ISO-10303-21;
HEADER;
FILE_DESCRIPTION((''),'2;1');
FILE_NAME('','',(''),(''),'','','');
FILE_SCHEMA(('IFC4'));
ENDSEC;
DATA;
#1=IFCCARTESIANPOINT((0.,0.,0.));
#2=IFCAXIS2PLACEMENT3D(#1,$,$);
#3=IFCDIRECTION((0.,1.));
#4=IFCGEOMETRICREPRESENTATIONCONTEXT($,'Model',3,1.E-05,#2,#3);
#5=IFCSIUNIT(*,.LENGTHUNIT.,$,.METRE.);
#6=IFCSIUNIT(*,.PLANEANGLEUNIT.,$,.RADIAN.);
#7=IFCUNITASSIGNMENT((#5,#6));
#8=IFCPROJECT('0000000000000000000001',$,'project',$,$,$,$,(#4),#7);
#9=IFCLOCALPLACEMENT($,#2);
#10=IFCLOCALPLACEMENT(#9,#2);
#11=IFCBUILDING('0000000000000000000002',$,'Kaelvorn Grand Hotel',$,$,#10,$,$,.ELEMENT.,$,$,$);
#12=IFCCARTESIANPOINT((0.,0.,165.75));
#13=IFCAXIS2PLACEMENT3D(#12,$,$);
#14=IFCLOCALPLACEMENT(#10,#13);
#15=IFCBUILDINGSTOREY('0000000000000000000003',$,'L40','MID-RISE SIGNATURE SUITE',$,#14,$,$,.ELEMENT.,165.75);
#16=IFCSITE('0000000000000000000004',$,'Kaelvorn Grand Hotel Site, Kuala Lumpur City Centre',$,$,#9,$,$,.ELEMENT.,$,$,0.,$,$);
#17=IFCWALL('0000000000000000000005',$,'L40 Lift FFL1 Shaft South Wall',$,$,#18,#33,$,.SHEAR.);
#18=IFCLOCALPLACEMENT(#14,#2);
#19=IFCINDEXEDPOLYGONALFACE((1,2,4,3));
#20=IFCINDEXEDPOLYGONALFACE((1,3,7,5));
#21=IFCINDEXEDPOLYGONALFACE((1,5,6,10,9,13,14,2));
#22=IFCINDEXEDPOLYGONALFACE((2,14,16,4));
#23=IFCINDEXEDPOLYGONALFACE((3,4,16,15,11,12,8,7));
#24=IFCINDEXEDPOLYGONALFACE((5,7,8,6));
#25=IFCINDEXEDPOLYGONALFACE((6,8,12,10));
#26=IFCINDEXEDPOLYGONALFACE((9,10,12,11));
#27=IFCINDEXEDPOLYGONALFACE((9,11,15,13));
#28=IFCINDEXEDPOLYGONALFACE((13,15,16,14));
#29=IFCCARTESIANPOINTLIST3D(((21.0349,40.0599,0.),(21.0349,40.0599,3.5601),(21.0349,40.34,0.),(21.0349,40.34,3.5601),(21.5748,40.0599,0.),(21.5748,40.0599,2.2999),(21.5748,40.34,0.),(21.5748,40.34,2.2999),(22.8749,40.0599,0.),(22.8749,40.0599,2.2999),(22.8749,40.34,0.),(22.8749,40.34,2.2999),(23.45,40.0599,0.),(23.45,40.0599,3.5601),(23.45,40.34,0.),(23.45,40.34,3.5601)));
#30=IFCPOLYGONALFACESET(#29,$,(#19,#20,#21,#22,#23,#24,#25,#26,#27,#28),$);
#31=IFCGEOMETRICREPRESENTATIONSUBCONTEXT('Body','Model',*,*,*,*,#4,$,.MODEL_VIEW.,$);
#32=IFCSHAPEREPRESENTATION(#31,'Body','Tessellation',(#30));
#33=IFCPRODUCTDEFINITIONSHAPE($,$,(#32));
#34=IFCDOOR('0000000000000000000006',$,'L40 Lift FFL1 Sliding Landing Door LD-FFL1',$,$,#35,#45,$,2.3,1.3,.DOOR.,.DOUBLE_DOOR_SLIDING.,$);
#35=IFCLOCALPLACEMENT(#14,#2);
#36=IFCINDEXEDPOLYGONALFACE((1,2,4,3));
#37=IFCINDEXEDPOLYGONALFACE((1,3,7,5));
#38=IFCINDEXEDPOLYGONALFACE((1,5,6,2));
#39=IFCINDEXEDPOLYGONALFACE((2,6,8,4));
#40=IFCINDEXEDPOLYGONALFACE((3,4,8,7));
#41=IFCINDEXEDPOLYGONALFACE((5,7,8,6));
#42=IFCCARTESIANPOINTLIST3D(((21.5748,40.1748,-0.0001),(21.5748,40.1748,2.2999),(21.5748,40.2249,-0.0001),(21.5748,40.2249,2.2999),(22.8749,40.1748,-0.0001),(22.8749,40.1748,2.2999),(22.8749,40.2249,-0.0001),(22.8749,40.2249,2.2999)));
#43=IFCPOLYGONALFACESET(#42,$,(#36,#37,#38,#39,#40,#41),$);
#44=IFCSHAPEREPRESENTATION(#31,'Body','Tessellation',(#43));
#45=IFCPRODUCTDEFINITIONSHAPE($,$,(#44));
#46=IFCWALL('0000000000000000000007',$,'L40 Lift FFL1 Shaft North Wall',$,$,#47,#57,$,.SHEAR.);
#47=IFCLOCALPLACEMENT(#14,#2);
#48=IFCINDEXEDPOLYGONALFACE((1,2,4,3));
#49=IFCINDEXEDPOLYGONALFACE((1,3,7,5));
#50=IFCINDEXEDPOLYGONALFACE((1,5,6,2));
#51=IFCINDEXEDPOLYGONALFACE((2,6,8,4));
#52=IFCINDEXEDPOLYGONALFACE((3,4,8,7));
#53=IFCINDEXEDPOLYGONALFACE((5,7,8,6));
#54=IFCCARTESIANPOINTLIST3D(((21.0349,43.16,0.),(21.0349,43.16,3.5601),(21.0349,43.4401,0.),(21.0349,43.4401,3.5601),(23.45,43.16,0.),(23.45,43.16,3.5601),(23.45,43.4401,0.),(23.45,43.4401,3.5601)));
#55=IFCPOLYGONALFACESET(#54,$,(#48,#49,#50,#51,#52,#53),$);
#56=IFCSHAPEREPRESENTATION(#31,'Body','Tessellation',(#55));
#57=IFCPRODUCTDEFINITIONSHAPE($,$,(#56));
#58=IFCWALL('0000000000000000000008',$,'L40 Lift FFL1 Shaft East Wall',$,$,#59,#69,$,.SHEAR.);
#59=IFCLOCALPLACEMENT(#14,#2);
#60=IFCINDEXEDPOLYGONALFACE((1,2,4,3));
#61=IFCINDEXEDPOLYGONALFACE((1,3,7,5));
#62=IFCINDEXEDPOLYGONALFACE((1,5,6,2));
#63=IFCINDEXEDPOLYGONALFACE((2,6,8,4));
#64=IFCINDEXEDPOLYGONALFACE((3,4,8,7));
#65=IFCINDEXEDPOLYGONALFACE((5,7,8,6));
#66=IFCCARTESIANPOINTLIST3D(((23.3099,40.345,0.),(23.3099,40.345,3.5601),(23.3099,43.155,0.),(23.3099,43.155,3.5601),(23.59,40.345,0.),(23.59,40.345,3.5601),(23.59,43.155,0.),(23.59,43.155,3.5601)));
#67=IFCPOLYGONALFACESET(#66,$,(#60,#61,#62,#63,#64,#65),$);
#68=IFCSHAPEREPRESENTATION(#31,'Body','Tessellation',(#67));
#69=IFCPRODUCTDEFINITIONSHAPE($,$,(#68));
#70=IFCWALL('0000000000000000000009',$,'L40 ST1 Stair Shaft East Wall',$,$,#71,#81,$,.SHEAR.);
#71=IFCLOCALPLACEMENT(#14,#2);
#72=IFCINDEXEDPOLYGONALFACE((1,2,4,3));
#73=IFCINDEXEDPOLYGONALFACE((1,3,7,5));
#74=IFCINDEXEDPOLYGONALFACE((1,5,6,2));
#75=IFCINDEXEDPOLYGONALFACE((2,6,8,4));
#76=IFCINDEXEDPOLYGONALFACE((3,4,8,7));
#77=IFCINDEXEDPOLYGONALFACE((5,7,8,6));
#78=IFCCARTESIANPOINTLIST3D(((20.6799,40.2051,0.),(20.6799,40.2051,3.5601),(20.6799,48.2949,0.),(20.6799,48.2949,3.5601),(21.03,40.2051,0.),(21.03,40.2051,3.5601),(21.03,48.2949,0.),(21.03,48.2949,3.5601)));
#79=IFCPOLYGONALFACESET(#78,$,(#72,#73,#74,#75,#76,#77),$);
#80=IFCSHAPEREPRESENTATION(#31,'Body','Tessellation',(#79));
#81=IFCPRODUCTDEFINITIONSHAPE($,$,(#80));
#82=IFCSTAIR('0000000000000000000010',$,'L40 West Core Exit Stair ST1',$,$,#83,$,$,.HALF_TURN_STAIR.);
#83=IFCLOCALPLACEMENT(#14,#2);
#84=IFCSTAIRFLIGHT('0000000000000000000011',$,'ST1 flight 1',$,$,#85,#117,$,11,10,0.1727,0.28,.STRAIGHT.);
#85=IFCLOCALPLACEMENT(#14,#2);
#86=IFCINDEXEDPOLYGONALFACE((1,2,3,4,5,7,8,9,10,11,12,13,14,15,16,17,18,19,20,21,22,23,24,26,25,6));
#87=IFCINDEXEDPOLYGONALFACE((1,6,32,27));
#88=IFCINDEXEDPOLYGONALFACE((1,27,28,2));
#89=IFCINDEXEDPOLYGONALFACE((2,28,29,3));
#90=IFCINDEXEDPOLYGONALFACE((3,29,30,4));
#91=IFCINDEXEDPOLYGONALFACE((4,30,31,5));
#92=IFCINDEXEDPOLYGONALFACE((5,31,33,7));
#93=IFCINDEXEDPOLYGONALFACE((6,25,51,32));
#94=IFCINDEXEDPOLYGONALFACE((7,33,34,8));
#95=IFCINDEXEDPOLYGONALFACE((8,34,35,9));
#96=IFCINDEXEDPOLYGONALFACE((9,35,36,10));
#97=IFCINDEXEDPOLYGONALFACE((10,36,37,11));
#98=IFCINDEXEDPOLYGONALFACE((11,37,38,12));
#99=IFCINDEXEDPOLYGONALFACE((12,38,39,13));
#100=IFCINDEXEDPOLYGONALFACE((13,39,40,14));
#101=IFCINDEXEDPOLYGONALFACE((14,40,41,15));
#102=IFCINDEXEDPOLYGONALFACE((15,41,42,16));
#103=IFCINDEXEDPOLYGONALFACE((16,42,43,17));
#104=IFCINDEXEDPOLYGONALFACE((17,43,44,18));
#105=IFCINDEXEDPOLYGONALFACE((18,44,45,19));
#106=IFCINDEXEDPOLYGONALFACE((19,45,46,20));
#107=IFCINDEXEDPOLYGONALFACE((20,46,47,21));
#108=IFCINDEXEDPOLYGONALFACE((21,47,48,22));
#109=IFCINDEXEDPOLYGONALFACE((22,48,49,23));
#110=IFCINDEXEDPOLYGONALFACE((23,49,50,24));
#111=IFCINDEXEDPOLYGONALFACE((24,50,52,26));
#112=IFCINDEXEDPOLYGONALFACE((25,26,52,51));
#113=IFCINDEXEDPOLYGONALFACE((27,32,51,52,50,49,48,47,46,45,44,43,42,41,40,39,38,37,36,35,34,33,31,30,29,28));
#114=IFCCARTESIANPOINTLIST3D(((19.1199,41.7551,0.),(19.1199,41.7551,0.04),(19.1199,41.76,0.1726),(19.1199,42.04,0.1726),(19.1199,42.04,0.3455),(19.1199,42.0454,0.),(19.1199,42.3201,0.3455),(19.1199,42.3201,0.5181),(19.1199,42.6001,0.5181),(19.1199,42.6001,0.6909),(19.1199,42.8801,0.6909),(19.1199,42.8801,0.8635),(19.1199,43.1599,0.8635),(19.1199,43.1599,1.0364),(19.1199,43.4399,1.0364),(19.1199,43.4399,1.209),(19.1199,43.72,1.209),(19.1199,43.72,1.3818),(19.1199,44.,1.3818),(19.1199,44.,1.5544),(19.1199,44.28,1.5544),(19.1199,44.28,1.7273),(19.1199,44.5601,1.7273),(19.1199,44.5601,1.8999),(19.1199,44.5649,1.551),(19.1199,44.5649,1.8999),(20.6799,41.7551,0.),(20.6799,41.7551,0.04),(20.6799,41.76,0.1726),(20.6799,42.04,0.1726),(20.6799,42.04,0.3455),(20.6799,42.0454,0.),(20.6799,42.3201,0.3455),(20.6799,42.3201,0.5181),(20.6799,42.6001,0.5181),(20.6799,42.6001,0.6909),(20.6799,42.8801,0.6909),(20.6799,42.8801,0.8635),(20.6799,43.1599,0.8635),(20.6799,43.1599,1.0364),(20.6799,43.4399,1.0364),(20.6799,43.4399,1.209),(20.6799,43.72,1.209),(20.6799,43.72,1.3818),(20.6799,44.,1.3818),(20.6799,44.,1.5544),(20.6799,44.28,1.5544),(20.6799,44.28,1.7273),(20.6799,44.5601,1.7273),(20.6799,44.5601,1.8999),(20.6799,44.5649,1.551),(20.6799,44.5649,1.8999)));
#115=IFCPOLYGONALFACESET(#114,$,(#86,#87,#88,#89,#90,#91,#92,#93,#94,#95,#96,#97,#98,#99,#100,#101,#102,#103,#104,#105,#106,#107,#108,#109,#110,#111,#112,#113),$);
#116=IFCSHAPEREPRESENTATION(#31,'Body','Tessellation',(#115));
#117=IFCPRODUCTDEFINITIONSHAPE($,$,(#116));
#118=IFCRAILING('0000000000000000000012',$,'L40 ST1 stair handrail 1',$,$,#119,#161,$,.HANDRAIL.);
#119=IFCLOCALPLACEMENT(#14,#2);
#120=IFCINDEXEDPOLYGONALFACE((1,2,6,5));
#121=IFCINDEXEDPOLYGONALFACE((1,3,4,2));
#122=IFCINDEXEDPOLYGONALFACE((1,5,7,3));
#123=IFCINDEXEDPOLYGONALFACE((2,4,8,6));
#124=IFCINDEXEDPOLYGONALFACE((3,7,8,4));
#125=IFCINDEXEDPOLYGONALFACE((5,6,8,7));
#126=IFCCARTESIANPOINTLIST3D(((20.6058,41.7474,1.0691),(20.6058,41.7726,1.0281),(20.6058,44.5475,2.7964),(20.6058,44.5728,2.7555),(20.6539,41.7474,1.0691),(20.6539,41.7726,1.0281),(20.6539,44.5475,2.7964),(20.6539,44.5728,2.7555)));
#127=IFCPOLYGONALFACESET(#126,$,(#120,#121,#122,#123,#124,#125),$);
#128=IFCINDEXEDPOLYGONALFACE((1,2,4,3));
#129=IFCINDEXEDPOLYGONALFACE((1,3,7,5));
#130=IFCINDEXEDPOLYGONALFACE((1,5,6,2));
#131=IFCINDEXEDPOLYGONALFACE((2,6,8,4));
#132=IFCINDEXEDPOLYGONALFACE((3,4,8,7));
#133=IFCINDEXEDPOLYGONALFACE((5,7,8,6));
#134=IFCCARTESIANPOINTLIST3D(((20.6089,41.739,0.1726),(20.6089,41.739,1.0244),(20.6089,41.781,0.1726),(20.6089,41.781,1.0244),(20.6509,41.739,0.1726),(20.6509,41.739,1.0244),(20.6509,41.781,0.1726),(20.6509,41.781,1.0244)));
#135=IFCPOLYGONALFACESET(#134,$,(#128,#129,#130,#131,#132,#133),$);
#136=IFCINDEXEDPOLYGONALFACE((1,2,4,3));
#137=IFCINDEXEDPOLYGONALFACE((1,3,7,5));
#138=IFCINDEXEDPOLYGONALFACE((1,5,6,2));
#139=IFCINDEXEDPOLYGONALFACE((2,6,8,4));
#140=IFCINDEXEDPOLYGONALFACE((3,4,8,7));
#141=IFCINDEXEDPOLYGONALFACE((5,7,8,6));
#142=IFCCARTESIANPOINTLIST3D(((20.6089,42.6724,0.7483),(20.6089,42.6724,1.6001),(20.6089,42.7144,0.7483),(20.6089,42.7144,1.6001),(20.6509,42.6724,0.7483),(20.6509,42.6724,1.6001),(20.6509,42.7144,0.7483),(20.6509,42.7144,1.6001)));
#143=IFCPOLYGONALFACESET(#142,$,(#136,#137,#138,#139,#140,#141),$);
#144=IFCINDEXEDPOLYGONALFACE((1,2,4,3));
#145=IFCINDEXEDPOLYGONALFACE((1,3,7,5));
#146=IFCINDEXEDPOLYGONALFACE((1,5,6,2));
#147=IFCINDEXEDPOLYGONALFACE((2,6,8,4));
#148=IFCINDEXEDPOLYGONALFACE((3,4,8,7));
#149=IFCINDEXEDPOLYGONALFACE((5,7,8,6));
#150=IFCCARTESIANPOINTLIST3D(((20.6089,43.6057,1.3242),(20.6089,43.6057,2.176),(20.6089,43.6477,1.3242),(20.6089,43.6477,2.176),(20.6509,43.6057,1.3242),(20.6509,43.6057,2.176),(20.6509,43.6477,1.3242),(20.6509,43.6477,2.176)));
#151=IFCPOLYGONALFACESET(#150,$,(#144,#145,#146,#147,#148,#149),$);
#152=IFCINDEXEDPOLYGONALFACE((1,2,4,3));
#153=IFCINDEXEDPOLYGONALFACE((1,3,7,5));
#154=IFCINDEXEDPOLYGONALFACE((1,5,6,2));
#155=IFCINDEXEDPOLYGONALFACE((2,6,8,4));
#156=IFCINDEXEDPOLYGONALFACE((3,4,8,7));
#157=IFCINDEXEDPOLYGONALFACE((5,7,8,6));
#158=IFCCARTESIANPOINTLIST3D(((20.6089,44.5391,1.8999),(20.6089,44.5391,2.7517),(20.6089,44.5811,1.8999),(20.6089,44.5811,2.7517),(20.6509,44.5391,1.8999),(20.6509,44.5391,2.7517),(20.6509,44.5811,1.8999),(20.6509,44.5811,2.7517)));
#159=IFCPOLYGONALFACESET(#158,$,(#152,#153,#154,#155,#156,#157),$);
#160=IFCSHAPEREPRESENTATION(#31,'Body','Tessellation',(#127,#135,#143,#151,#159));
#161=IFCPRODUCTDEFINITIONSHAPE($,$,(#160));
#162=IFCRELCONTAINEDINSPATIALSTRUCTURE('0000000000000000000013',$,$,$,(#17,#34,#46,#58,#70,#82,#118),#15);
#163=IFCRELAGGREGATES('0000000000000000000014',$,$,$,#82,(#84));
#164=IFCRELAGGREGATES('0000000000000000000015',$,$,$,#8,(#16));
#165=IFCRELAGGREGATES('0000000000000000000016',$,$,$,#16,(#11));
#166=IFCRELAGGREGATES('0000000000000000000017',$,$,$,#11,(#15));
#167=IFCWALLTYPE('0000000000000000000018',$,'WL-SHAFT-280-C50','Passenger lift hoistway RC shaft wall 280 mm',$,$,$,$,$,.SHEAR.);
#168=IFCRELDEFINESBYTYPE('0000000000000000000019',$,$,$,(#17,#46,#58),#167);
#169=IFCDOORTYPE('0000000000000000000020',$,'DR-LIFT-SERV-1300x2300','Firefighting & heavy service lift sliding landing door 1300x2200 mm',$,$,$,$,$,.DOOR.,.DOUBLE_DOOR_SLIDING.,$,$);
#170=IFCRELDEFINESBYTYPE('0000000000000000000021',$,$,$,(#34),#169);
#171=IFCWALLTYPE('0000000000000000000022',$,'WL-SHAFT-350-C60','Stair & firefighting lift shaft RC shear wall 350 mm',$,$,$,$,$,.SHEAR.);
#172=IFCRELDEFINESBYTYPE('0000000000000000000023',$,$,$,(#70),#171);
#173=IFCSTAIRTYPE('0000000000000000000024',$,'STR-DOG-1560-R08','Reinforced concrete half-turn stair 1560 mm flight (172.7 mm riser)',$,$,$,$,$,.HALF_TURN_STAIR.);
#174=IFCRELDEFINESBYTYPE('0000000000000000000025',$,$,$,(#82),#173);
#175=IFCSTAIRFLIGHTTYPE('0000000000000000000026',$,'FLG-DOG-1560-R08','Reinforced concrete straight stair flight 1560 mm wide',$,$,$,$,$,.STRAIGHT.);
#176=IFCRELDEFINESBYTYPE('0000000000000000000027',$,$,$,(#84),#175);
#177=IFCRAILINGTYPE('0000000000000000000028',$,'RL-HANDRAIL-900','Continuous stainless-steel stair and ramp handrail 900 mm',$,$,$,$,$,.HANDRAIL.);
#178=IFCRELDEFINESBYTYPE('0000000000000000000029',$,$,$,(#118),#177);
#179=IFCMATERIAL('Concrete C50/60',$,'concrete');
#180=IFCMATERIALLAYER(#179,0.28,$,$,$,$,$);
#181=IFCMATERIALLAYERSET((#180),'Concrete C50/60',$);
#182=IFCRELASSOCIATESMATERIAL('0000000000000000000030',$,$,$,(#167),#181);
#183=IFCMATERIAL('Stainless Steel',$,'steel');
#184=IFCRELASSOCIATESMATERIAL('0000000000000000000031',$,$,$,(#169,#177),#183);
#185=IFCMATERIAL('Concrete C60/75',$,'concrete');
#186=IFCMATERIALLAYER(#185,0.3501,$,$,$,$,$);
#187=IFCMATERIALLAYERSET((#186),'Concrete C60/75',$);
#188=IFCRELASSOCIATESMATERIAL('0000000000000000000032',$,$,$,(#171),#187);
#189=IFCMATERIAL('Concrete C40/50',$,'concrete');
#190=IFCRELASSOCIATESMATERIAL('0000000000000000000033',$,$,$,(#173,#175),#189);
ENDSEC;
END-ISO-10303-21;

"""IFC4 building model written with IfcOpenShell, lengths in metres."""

from ifc_helpers import new_model, si_unit, direction, frame, frame_2d, origin, origin_2d, place, context, subcontext, project, spatial, polyline, rectangle, outline, extrude, material, layer, layer_set, type_object, element, fill, aggregate, save


model = new_model("IFC4")

# Units and contexts
model_context = context("Model", 3, precision=1e-05, world=origin(), true_north=direction((0.0, 1.0)))
body_context = subcontext(model_context, "Body", "Model", "MODEL_VIEW")
ifc_project = project(units=[si_unit("LENGTHUNIT", "METRE"), si_unit("PLANEANGLEUNIT", "RADIAN")], contexts=[model_context])

# Site, building, storey
site_placement = place(None, origin())
site = spatial("IfcSite", under=ifc_project, at=site_placement, Name="Kaelvorn Grand Hotel Site, Kuala Lumpur City Centre", CompositionType="ELEMENT", RefElevation=0.0)
building_placement = place(site_placement, origin())
building = spatial("IfcBuilding", under=site, at=building_placement, Name="Kaelvorn Grand Hotel", CompositionType="ELEMENT")
storey_placement = place(building_placement, frame((0.0, 0.0, 165.75)))
storey = spatial("IfcBuildingStorey", under=building, at=storey_placement, Name="L40", Description="MID-RISE SIGNATURE SUITE", CompositionType="ELEMENT", Elevation=165.75)

# Shared definitions
ifc_material_1 = material(Name="Concrete C60/75", Category="concrete")

# Shared definitions
ifc_material_2 = material(Name="Concrete C50/60", Category="concrete")

# Shared definitions
ifc_material_3 = material(Name="Concrete C40/50", Category="concrete")

# Wall, opening, door
ifc_layer_1 = layer(ifc_material_2, 0.28)
ifc_layer_set_1 = layer_set([ifc_layer_1], Name="Concrete C50/60")
wall_type_1 = type_object("IfcWallType", Name="WL-SHAFT-280-C50", Description="Passenger lift hoistway RC shaft wall 280 mm", PredefinedType="SHEAR", material=ifc_layer_set_1)
wall_1_placement = place(storey_placement, frame((21.0349, 40.2, 0.0), z_axis=(0.0, 0.0, 1.0), x_axis=(1.0, 0.0, 0.0)))
wall_1 = element("IfcWall", 1, at=wall_1_placement, inside=storey, type_object=wall_type_1, Name="L40 Lift FFL1 Shaft South Wall", PredefinedType="SHEAR", context=body_context, shape_type="SweptSolid", body=[
    extrude(rectangle(XDim=2.415, YDim=0.28, at=frame_2d((1.2075, 0.0))), origin(), (0.0, 0.0, 1.0), 3.5601),
])
opening_1_placement = place(wall_1_placement, frame((0.54, 0.0, 0.0)))
opening_1 = element("IfcOpeningElement", 2, at=opening_1_placement, cuts=wall_1, PredefinedType="OPENING", context=body_context, shape_type="SweptSolid", body=[
    extrude(rectangle(XDim=1.3, YDim=2.3, at=frame_2d((0.6499, 1.1499))), frame((0.0, 0.1499, 0.0), z_axis=(0.0, -1.0, 0.0), x_axis=(1.0, 0.0, 0.0)), (0.0, 0.0, 1.0), 0.3),
])
ifc_material_4 = material(Name="Stainless Steel", Category="steel")
door_type_1 = type_object("IfcDoorType", Name="DR-LIFT-SERV-1300x2300", Description="Firefighting & heavy service lift sliding landing door 1300x2200 mm", OperationType="DOUBLE_DOOR_SLIDING", PredefinedType="DOOR", material=ifc_material_4)
door_1_placement = place(opening_1_placement, origin())
door_1 = element("IfcDoor", 3, at=door_1_placement, inside=storey, type_object=door_type_1, Name="L40 Lift FFL1 Sliding Landing Door LD-FFL1", OperationType="DOUBLE_DOOR_SLIDING", OverallHeight=2.3, OverallWidth=1.3, PredefinedType="DOOR", context=body_context, shape_type="SweptSolid", body=[
    extrude(rectangle(XDim=1.3, YDim=2.3, at=frame_2d((0.6499, 1.1499))), frame((0.0, 0.0249, 0.0), z_axis=(0.0, -1.0, 0.0), x_axis=(1.0, 0.0, 0.0)), (0.0, 0.0, 1.0), 0.05),
])
fill(opening_1, door_1)

# Walls
wall_2_placement = place(storey_placement, frame((21.0349, 43.3, 0.0), z_axis=(0.0, 0.0, 1.0), x_axis=(1.0, 0.0, 0.0)))
element("IfcWall", 4, at=wall_2_placement, inside=storey, type_object=wall_type_1, Name="L40 Lift FFL1 Shaft North Wall", PredefinedType="SHEAR", context=body_context, shape_type="SweptSolid", body=[
    extrude(rectangle(XDim=2.415, YDim=0.28, at=frame_2d((1.2075, 0.0))), origin(), (0.0, 0.0, 1.0), 3.5601),
])
wall_3_placement = place(storey_placement, frame((23.45, 40.345, 0.0), z_axis=(0.0, 0.0, 1.0), x_axis=(0.0, 1.0, 0.0)))
element("IfcWall", 5, at=wall_3_placement, inside=storey, type_object=wall_type_1, Name="L40 Lift FFL1 Shaft East Wall", PredefinedType="SHEAR", context=body_context, shape_type="SweptSolid", body=[
    extrude(rectangle(XDim=2.8101, YDim=0.28, at=frame_2d((1.405, 0.0))), origin(), (0.0, 0.0, 1.0), 3.5601),
])
ifc_layer_2 = layer(ifc_material_1, 0.3501)
ifc_layer_set_2 = layer_set([ifc_layer_2], Name="Concrete C60/75")
wall_type_2 = type_object("IfcWallType", Name="WL-SHAFT-350-C60", Description="Stair & firefighting lift shaft RC shear wall 350 mm", PredefinedType="SHEAR", material=ifc_layer_set_2)
wall_4_placement = place(storey_placement, frame((20.855, 40.2051, 0.0), z_axis=(0.0, 0.0, 1.0), x_axis=(0.0, 1.0, 0.0)))
element("IfcWall", 6, at=wall_4_placement, inside=storey, type_object=wall_type_2, Name="L40 ST1 Stair Shaft East Wall", PredefinedType="SHEAR", context=body_context, shape_type="SweptSolid", body=[
    extrude(rectangle(XDim=8.0898, YDim=0.3501, at=frame_2d((4.0449, 0.0))), origin(), (0.0, 0.0, 1.0), 3.5601),
])

# Stair, stair flight
stair_type = type_object("IfcStairType", Name="STR-DOG-1560-R08", Description="Reinforced concrete half-turn stair 1560 mm flight (172.7 mm riser)", PredefinedType="HALF_TURN_STAIR", material=ifc_material_3)
stair_placement = place(storey_placement, origin())
stair = element("IfcStair", 7, at=stair_placement, inside=storey, type_object=stair_type, Name="L40 West Core Exit Stair ST1", PredefinedType="HALF_TURN_STAIR")
stair_flight_type = type_object("IfcStairFlightType", Name="FLG-DOG-1560-R08", Description="Reinforced concrete straight stair flight 1560 mm wide", PredefinedType="STRAIGHT", material=ifc_material_3)
stair_flight_placement = place(storey_placement, frame((19.8999, 41.76, 0.0), z_axis=(0.0, 0.0, 1.0), x_axis=(0.0, 1.0, 0.0)))
stair_flight = element("IfcStairFlight", 8, at=stair_flight_placement, type_object=stair_flight_type, Name="ST1 flight 1", NumberOfRisers=11, NumberOfTreads=10, PredefinedType="STRAIGHT", RiserHeight=0.1727, TreadLength=0.28, context=body_context, shape_type="SweptSolid", body=[
    extrude(outline(polyline([(-0.0049, 0.0), (-0.0049, 0.04), (0.0, 0.1726), (0.28, 0.1726), (0.28, 0.3455), (0.5601, 0.3455), (0.5601, 0.5181), (0.8401, 0.5181), (0.8401, 0.6909), (1.1201, 0.6909), (1.1201, 0.8635), (1.3999, 0.8635), (1.3999, 1.0364), (1.6799, 1.0364), (1.6799, 1.209), (1.96, 1.209), (1.96, 1.3818), (2.24, 1.3818), (2.24, 1.5544), (2.52, 1.5544), (2.52, 1.7273), (2.8, 1.7273), (2.8, 1.8999), (2.8049, 1.8999), (2.8049, 1.551), (0.2854, 0.0), (-0.0049, 0.0)])), frame((0.0, 0.78, 0.0), z_axis=(0.0, -1.0, 0.0), x_axis=(1.0, 0.0, 0.0)), (0.0, 0.0, 1.0), 1.5601),
])
aggregate(stair, [stair_flight])

# Railing
railing_type_1 = type_object("IfcRailingType", Name="RL-HANDRAIL-900", Description="Continuous stainless-steel stair and ramp handrail 900 mm", PredefinedType="HANDRAIL", material=ifc_material_4)
railing_1_placement = place(storey_placement, frame((20.6299, 41.76, 0.1726)))
element("IfcRailing", 9, at=railing_1_placement, inside=storey, type_object=railing_type_1, Name="L40 ST1 stair handrail 1", PredefinedType="HANDRAIL", context=body_context, shape_type="SweptSolid", body=[
    extrude(rectangle(XDim=0.0481, YDim=0.0481, at=origin_2d()), frame((0.0, 0.0, 0.876), z_axis=(0.0, 0.85109, 0.52502), x_axis=(-1.0, 0.0, 0.0)), (0.0, 0.0, 1.0), 3.29),
    extrude(rectangle(XDim=0.042, YDim=0.042, at=origin_2d()), origin(), (0.0, 0.0, 1.0), 0.8518),
    extrude(rectangle(XDim=0.042, YDim=0.042, at=origin_2d()), frame((0.0, 0.9333, 0.5757)), (0.0, 0.0, 1.0), 0.8518),
    extrude(rectangle(XDim=0.042, YDim=0.042, at=origin_2d()), frame((0.0, 1.8667, 1.1516)), (0.0, 0.0, 1.0), 0.8518),
    extrude(rectangle(XDim=0.042, YDim=0.042, at=origin_2d()), frame((0.0, 2.8, 1.7273)), (0.0, 0.0, 1.0), 0.8518),
])

save(model, "model.ifc")
